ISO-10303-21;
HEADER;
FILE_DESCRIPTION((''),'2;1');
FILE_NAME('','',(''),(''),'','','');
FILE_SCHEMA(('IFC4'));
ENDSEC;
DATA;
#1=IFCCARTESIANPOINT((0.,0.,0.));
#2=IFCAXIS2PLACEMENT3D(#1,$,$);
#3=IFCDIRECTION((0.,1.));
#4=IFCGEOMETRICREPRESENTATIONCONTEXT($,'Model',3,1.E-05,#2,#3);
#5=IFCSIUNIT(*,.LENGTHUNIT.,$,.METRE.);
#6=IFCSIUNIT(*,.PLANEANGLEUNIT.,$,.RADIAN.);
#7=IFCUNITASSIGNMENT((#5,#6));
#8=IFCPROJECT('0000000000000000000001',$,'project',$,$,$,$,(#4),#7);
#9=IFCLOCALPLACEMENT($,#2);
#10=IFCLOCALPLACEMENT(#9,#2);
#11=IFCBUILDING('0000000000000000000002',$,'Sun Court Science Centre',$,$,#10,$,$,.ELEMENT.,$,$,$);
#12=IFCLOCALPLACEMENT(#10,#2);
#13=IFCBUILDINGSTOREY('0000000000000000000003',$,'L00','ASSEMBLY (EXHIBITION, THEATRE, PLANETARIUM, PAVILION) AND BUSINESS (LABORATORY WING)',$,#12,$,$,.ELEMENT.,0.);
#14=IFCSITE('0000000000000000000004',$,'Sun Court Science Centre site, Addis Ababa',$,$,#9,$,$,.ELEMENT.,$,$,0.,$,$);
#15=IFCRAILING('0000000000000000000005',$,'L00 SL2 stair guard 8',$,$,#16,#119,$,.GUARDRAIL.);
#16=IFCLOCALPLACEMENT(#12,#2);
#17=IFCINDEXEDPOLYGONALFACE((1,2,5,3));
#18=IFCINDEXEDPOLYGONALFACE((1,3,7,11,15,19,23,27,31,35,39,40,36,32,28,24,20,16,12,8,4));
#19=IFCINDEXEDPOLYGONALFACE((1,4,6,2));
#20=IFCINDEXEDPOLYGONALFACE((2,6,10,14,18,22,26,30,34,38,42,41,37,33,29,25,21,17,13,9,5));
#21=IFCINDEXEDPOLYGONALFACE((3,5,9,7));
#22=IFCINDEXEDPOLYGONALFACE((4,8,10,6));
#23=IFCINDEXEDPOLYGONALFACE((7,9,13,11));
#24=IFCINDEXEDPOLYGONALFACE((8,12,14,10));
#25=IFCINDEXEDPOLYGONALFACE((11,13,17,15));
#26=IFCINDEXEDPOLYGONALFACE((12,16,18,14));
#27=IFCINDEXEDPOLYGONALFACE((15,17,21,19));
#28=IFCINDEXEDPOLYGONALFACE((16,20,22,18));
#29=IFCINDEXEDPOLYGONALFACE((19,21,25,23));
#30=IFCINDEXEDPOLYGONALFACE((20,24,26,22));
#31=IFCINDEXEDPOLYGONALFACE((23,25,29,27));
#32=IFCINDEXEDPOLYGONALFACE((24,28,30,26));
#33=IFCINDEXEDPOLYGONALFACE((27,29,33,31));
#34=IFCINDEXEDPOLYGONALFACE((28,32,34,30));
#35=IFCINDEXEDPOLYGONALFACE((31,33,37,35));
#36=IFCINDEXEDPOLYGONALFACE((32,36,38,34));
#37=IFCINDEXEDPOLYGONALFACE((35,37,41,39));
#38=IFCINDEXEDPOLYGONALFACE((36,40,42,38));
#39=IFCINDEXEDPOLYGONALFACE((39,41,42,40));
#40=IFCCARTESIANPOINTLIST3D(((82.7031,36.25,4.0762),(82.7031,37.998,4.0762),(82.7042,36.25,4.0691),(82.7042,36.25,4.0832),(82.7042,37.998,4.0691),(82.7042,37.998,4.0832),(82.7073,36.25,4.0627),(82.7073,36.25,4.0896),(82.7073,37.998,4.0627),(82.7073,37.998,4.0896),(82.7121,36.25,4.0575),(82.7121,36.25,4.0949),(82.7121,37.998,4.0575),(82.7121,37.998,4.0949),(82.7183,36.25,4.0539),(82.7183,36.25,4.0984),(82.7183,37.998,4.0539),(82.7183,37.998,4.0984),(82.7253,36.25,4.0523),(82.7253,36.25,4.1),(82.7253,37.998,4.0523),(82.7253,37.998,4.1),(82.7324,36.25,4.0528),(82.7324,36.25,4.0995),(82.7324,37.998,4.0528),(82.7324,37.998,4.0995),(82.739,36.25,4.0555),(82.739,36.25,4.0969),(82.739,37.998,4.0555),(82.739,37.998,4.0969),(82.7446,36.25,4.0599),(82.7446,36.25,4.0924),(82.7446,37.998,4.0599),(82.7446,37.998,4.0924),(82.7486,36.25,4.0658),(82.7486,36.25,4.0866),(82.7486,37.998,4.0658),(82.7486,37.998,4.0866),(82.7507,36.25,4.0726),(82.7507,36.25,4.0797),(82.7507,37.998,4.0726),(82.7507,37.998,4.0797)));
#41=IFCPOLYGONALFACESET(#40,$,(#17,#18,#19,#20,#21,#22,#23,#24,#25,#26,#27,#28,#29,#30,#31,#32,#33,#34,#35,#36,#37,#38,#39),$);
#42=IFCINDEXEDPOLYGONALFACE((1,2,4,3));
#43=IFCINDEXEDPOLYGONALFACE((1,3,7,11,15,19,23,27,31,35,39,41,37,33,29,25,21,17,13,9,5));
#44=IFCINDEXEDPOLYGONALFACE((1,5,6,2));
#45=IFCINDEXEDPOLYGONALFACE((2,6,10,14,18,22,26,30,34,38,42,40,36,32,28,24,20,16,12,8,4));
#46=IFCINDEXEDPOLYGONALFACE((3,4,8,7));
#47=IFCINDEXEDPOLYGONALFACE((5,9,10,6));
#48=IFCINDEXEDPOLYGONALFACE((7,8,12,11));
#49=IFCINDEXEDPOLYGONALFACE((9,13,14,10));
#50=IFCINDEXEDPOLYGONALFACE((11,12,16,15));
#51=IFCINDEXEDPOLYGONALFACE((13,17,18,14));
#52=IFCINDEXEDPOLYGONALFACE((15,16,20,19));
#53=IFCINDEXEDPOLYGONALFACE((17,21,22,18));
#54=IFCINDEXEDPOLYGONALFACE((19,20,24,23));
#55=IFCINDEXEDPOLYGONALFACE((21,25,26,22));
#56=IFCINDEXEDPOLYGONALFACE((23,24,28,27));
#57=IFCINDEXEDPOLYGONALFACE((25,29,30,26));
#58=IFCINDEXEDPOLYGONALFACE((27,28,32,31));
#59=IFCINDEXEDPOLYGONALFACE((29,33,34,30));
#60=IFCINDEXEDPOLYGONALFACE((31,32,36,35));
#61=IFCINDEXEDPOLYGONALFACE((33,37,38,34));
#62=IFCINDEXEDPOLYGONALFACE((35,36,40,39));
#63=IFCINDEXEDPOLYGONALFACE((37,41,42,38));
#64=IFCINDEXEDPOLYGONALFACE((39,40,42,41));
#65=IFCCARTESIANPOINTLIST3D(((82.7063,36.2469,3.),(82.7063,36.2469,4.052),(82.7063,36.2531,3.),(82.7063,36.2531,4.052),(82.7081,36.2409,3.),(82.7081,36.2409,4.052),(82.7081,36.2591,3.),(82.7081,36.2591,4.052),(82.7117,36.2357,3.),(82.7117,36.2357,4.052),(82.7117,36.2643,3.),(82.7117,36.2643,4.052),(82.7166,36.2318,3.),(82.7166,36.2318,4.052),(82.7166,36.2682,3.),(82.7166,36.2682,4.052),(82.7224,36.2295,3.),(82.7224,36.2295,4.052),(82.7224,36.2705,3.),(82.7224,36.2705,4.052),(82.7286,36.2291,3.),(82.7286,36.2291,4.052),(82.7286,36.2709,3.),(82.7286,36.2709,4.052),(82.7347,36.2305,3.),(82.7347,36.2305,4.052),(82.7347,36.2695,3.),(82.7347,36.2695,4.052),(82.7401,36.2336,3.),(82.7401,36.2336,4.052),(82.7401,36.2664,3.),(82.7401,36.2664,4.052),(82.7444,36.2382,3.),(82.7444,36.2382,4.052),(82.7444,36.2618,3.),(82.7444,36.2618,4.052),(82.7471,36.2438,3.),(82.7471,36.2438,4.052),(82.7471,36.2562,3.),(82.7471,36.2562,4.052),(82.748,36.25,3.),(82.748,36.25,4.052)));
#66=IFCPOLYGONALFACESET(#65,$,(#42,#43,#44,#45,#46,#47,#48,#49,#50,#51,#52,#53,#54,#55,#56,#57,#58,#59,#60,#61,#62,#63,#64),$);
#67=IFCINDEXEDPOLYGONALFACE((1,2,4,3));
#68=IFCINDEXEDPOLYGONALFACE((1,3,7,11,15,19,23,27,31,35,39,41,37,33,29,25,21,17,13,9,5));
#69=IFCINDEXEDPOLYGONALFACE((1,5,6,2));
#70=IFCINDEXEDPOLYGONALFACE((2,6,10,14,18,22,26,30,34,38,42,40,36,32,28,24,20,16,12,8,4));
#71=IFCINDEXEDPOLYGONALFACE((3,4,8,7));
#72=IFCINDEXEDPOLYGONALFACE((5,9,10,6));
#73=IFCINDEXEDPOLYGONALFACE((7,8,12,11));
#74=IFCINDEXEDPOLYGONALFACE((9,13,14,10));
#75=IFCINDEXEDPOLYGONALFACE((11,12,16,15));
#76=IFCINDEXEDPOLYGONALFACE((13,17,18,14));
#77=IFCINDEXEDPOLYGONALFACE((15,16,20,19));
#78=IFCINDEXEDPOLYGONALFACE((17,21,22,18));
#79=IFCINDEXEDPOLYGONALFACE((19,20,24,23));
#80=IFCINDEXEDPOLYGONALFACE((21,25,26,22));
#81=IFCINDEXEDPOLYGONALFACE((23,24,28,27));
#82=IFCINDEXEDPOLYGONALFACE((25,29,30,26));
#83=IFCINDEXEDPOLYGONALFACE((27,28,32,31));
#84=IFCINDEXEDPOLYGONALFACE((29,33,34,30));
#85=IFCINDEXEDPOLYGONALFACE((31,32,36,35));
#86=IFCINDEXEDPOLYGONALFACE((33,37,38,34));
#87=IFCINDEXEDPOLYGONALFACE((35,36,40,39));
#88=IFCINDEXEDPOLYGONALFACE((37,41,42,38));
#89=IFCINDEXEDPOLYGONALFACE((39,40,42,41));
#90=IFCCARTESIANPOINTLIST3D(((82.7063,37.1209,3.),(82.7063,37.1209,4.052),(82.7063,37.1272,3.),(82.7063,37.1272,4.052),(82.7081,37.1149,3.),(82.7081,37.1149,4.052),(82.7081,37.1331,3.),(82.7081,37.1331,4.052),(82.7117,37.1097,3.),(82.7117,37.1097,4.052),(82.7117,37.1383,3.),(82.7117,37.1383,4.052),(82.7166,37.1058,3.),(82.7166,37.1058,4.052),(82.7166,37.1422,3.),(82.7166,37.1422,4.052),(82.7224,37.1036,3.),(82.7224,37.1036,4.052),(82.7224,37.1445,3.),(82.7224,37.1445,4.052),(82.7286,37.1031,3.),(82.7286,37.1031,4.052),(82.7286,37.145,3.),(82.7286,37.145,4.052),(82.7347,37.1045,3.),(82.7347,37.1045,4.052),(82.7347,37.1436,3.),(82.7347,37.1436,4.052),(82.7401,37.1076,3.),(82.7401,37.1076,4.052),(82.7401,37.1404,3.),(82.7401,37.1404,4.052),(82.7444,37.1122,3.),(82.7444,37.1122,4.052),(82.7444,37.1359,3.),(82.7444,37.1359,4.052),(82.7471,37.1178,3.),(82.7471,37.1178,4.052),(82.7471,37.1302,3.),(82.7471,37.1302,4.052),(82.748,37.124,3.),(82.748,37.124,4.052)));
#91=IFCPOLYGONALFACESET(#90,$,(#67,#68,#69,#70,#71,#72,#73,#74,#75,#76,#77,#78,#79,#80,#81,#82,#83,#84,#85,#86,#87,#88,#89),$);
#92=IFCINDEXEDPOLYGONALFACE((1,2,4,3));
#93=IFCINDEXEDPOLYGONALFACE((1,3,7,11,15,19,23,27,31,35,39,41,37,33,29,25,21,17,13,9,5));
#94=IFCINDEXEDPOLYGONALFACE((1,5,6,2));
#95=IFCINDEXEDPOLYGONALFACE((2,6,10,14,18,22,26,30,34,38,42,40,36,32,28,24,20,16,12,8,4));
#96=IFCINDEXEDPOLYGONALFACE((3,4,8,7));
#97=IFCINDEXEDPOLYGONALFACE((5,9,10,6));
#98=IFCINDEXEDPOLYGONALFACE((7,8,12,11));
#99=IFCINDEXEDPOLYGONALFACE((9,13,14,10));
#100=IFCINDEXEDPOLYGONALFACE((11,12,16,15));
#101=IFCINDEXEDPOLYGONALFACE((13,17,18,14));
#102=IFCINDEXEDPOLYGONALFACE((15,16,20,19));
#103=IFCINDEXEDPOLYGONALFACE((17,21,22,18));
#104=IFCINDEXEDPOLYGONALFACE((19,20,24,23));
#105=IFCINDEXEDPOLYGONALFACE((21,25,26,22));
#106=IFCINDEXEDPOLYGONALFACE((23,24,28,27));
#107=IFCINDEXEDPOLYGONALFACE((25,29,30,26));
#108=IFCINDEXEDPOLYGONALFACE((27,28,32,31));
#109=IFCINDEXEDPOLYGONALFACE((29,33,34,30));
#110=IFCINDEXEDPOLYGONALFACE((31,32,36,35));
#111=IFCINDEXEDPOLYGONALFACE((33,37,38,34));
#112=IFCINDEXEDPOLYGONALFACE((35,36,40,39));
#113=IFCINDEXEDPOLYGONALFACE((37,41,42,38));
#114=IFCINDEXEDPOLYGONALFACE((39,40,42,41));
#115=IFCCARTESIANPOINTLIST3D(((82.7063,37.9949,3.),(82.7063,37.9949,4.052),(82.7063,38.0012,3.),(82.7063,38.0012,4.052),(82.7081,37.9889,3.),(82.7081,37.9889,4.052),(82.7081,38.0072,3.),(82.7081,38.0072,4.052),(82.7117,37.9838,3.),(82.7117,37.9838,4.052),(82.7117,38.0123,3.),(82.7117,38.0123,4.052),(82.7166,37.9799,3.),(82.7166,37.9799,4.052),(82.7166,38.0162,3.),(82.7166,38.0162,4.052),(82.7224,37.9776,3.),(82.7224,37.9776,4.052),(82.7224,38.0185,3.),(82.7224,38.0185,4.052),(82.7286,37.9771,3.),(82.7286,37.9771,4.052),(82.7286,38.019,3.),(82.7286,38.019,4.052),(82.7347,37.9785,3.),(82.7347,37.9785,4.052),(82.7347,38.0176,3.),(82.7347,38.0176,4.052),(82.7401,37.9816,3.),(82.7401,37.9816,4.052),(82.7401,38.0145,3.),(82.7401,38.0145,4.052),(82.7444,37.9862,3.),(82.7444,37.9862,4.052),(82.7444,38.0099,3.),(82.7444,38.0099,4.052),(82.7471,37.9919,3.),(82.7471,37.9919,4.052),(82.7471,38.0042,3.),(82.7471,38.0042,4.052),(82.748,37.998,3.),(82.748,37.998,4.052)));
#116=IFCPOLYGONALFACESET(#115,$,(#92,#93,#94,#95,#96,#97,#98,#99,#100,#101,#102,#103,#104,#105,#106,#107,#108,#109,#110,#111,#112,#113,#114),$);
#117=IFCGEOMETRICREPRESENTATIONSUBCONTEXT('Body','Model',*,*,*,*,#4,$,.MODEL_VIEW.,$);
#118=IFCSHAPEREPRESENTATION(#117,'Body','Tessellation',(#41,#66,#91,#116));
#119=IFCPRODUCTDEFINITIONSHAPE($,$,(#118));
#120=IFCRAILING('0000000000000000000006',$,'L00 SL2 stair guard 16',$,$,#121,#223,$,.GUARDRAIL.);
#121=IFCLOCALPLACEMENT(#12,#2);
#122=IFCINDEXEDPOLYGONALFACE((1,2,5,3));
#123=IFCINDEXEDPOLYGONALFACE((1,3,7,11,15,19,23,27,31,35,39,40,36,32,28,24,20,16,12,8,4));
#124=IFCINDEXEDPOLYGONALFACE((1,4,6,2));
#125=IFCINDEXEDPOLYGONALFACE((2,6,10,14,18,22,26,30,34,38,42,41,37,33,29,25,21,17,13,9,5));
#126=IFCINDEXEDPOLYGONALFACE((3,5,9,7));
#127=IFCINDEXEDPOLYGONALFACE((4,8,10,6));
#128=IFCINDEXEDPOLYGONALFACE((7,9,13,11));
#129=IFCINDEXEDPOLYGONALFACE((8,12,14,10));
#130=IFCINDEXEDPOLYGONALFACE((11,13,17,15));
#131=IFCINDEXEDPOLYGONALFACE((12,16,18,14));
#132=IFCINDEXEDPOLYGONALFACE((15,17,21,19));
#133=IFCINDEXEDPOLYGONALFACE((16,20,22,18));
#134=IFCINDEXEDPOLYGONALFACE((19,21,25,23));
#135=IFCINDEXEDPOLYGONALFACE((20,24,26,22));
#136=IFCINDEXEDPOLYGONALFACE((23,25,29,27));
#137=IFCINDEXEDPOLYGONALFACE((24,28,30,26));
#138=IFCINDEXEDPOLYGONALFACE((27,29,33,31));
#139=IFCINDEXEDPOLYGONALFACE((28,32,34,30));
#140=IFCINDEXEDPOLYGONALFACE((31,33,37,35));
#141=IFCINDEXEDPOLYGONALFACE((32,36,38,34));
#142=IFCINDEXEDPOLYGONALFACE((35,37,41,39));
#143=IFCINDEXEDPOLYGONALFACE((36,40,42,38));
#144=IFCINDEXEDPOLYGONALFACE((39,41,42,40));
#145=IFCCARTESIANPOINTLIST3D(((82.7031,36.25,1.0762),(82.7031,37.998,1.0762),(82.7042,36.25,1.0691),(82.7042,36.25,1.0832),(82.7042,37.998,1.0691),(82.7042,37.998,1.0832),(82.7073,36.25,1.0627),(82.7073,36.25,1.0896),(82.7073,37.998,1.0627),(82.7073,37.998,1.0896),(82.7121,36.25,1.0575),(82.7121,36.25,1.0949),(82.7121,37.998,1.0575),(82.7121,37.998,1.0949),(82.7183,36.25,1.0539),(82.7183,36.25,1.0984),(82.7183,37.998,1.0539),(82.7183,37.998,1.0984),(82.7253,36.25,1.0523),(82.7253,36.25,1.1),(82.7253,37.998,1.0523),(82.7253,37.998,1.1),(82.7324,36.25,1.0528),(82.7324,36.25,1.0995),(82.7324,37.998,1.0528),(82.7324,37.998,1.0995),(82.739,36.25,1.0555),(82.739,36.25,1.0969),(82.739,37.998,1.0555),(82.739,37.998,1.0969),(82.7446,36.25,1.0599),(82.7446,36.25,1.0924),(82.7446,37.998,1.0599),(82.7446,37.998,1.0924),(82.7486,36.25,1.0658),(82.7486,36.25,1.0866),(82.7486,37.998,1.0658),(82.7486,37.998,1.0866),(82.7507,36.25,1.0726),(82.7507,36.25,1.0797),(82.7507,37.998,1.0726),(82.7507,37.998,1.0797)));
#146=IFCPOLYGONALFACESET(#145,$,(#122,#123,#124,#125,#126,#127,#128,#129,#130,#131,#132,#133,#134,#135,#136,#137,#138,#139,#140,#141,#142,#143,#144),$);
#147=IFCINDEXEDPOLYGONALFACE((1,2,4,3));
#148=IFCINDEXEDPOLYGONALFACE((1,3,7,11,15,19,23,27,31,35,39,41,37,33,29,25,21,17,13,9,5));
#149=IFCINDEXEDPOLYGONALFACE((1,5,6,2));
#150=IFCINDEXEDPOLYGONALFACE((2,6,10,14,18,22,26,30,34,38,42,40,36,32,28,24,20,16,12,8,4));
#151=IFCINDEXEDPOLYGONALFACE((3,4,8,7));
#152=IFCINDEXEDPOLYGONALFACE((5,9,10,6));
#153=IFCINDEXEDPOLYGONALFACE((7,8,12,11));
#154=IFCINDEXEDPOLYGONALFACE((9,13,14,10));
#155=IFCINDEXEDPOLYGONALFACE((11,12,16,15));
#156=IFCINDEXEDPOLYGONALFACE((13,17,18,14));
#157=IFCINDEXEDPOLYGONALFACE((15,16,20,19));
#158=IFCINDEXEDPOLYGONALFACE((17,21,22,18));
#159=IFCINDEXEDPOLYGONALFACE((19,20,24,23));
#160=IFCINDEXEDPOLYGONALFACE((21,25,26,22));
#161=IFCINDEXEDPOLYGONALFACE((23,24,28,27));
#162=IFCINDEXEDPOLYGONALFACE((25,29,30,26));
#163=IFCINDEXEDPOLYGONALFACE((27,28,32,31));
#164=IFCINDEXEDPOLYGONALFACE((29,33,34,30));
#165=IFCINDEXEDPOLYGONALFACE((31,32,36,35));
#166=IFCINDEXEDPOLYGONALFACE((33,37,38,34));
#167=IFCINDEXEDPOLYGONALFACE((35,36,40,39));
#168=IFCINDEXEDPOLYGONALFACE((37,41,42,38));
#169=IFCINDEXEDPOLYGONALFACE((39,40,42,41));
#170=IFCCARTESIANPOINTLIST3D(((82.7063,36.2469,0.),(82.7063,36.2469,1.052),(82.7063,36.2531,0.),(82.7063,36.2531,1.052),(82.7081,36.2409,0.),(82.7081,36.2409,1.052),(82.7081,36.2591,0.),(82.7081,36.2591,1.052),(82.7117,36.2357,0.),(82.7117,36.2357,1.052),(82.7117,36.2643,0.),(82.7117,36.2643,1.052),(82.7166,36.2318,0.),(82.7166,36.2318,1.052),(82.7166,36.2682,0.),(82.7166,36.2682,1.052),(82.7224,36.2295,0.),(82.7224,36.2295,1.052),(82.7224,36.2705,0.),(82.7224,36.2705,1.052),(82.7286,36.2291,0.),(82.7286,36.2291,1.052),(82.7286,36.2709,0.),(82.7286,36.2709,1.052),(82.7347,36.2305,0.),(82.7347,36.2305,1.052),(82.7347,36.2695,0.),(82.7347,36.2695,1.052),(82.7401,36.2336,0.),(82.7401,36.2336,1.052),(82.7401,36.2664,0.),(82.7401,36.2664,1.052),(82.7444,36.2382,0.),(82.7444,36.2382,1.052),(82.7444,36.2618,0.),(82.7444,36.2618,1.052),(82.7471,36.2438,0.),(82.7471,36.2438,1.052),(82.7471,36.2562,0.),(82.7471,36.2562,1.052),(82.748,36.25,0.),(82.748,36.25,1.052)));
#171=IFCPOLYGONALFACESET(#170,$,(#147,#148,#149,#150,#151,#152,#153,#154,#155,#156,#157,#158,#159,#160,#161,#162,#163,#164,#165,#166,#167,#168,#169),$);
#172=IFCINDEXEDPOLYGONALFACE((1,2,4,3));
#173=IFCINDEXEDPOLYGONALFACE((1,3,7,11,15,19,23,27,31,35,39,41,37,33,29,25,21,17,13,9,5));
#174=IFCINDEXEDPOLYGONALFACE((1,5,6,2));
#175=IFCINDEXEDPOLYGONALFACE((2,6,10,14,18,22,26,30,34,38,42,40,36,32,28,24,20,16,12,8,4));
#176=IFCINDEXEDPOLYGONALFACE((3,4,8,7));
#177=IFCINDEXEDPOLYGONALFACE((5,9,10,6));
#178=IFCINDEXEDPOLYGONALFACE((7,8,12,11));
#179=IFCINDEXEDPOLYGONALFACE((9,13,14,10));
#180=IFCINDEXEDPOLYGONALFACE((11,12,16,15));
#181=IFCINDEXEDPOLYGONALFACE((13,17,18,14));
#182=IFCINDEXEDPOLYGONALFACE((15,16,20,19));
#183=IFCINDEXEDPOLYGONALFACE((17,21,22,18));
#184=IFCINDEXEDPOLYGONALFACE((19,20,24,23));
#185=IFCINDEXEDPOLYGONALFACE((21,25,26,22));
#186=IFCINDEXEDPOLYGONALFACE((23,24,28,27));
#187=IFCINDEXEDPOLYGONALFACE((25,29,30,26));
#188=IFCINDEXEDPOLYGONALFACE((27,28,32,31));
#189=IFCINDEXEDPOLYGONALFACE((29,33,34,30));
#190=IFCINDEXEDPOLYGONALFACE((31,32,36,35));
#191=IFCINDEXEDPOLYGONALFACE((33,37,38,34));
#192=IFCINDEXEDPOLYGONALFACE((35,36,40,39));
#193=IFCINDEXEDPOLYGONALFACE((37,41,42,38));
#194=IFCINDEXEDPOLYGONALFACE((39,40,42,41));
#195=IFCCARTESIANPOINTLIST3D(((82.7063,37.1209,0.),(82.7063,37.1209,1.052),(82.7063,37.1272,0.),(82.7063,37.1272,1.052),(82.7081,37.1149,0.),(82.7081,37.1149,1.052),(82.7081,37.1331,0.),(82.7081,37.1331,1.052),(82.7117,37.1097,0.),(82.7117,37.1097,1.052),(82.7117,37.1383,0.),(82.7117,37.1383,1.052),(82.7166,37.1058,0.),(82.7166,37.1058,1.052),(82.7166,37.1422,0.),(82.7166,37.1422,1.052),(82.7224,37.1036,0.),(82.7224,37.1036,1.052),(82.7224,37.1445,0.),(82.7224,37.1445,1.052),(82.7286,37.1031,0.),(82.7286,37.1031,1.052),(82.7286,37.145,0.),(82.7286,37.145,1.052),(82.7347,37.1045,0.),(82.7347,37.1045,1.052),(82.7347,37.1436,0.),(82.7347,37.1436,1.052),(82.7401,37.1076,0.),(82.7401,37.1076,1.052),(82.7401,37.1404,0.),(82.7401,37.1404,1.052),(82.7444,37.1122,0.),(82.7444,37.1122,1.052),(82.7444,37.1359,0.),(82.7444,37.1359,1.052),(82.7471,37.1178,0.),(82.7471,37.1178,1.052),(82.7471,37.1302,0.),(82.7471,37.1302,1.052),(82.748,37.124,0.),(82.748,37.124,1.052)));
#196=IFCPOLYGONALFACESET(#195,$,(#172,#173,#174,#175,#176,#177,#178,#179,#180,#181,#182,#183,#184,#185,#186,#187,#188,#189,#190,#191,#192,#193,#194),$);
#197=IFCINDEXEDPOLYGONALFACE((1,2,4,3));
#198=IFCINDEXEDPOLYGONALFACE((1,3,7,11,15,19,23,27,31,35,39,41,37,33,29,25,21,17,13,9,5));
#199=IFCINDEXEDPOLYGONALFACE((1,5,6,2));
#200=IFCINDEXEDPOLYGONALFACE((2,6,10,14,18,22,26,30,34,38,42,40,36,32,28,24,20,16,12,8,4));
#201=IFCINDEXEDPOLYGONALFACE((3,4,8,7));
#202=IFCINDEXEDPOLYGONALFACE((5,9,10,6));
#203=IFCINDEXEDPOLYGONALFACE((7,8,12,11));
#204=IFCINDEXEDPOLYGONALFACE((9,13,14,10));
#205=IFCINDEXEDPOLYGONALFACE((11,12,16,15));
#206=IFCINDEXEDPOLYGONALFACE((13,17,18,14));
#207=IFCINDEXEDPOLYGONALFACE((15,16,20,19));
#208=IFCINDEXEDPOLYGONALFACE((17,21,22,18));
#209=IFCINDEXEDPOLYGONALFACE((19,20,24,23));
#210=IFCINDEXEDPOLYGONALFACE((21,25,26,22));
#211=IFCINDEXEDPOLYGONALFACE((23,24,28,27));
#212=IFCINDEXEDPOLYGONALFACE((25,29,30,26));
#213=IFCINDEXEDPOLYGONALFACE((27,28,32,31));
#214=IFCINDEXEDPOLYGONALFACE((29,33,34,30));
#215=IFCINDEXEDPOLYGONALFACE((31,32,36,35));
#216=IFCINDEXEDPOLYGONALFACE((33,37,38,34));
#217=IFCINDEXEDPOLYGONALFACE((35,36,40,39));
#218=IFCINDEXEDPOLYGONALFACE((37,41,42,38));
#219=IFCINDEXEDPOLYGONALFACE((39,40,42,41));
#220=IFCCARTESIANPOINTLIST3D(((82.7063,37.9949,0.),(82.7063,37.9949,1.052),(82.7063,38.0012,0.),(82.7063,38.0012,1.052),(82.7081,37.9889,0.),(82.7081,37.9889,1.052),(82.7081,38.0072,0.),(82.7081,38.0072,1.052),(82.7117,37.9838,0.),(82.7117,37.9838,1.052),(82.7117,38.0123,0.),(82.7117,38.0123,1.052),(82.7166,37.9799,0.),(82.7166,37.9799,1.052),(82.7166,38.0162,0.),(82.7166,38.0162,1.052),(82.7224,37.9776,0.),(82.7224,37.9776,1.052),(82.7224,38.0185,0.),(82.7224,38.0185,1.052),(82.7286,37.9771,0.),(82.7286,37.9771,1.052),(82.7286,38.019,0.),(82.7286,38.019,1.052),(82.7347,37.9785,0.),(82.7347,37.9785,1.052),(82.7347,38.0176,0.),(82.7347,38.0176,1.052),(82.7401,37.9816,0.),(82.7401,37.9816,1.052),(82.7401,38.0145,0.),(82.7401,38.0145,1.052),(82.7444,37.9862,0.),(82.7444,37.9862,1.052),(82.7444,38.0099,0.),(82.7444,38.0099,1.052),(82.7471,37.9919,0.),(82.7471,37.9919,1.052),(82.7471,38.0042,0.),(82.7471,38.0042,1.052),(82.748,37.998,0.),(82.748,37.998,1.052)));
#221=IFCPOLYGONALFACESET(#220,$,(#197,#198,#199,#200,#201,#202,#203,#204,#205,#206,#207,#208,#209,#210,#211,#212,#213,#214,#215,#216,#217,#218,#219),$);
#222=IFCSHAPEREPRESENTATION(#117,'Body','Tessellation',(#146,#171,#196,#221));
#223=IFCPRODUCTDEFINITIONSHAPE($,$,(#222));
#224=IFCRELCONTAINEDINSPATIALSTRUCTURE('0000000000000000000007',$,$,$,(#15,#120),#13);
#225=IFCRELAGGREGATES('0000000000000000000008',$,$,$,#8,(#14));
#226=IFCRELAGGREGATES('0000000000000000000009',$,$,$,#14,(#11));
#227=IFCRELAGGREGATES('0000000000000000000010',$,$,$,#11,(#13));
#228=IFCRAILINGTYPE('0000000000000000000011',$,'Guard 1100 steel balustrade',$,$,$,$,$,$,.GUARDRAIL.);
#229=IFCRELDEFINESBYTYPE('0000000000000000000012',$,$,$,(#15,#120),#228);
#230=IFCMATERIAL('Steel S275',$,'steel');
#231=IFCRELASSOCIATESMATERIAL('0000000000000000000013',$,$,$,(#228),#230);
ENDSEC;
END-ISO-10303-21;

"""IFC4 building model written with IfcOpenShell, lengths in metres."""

from ifc_helpers import new_model, si_unit, direction, frame, origin, origin_2d, place, context, subcontext, project, spatial, circle, extrude, material, type_object, element, save


model = new_model("IFC4")

# Units and contexts
model_context = context("Model", 3, precision=1e-05, world=origin(), true_north=direction((0.0, 1.0)))
body_context = subcontext(model_context, "Body", "Model", "MODEL_VIEW")
ifc_project = project(units=[si_unit("LENGTHUNIT", "METRE"), si_unit("PLANEANGLEUNIT", "RADIAN")], contexts=[model_context])

# Site, building, storey
site_placement = place(None, origin())
site = spatial("IfcSite", under=ifc_project, at=site_placement, Name="Sun Court Science Centre site, Addis Ababa", CompositionType="ELEMENT", RefElevation=0.0)
building_placement = place(site_placement, origin())
building = spatial("IfcBuilding", under=site, at=building_placement, Name="Sun Court Science Centre", CompositionType="ELEMENT")
storey_placement = place(building_placement, origin())
storey = spatial("IfcBuildingStorey", under=building, at=storey_placement, Name="L00", Description="ASSEMBLY (EXHIBITION, THEATRE, PLANETARIUM, PAVILION) AND BUSINESS (LABORATORY WING)", CompositionType="ELEMENT", Elevation=0.0)

# Railings
ifc_material_1 = material(Name="Steel S275", Category="steel")
railing_type = type_object("IfcRailingType", Name="Guard 1100 steel balustrade", PredefinedType="GUARDRAIL", material=ifc_material_1)
for number, where, name in (
    (1, (82.7271, 36.25, 3.0), "L00 SL2 stair guard 8"),
    (2, (82.7271, 36.25, 0.0), "L00 SL2 stair guard 16"),
):
    element("IfcRailing", number, at=place(storey_placement, frame(where)), inside=storey, type_object=railing_type, Name=name, PredefinedType="GUARDRAIL", context=body_context, shape_type="SweptSolid", body=[
        extrude(circle(Radius=0.0239, at=origin_2d()), frame((0.0, 0.0, 1.0762), z_axis=(0.0, 1.0, 0.0), x_axis=(-1.0, 0.0, 0.0)), (0.0, 0.0, 1.0), 1.748),
        extrude(circle(Radius=0.021, at=origin_2d()), origin(), (0.0, 0.0, 1.0), 1.052),
        extrude(circle(Radius=0.021, at=origin_2d()), frame((0.0, 0.874, 0.0)), (0.0, 0.0, 1.0), 1.052),
        extrude(circle(Radius=0.021, at=origin_2d()), frame((0.0, 1.748, 0.0)), (0.0, 0.0, 1.0), 1.052),
    ])

save(model, "model.ifc")
